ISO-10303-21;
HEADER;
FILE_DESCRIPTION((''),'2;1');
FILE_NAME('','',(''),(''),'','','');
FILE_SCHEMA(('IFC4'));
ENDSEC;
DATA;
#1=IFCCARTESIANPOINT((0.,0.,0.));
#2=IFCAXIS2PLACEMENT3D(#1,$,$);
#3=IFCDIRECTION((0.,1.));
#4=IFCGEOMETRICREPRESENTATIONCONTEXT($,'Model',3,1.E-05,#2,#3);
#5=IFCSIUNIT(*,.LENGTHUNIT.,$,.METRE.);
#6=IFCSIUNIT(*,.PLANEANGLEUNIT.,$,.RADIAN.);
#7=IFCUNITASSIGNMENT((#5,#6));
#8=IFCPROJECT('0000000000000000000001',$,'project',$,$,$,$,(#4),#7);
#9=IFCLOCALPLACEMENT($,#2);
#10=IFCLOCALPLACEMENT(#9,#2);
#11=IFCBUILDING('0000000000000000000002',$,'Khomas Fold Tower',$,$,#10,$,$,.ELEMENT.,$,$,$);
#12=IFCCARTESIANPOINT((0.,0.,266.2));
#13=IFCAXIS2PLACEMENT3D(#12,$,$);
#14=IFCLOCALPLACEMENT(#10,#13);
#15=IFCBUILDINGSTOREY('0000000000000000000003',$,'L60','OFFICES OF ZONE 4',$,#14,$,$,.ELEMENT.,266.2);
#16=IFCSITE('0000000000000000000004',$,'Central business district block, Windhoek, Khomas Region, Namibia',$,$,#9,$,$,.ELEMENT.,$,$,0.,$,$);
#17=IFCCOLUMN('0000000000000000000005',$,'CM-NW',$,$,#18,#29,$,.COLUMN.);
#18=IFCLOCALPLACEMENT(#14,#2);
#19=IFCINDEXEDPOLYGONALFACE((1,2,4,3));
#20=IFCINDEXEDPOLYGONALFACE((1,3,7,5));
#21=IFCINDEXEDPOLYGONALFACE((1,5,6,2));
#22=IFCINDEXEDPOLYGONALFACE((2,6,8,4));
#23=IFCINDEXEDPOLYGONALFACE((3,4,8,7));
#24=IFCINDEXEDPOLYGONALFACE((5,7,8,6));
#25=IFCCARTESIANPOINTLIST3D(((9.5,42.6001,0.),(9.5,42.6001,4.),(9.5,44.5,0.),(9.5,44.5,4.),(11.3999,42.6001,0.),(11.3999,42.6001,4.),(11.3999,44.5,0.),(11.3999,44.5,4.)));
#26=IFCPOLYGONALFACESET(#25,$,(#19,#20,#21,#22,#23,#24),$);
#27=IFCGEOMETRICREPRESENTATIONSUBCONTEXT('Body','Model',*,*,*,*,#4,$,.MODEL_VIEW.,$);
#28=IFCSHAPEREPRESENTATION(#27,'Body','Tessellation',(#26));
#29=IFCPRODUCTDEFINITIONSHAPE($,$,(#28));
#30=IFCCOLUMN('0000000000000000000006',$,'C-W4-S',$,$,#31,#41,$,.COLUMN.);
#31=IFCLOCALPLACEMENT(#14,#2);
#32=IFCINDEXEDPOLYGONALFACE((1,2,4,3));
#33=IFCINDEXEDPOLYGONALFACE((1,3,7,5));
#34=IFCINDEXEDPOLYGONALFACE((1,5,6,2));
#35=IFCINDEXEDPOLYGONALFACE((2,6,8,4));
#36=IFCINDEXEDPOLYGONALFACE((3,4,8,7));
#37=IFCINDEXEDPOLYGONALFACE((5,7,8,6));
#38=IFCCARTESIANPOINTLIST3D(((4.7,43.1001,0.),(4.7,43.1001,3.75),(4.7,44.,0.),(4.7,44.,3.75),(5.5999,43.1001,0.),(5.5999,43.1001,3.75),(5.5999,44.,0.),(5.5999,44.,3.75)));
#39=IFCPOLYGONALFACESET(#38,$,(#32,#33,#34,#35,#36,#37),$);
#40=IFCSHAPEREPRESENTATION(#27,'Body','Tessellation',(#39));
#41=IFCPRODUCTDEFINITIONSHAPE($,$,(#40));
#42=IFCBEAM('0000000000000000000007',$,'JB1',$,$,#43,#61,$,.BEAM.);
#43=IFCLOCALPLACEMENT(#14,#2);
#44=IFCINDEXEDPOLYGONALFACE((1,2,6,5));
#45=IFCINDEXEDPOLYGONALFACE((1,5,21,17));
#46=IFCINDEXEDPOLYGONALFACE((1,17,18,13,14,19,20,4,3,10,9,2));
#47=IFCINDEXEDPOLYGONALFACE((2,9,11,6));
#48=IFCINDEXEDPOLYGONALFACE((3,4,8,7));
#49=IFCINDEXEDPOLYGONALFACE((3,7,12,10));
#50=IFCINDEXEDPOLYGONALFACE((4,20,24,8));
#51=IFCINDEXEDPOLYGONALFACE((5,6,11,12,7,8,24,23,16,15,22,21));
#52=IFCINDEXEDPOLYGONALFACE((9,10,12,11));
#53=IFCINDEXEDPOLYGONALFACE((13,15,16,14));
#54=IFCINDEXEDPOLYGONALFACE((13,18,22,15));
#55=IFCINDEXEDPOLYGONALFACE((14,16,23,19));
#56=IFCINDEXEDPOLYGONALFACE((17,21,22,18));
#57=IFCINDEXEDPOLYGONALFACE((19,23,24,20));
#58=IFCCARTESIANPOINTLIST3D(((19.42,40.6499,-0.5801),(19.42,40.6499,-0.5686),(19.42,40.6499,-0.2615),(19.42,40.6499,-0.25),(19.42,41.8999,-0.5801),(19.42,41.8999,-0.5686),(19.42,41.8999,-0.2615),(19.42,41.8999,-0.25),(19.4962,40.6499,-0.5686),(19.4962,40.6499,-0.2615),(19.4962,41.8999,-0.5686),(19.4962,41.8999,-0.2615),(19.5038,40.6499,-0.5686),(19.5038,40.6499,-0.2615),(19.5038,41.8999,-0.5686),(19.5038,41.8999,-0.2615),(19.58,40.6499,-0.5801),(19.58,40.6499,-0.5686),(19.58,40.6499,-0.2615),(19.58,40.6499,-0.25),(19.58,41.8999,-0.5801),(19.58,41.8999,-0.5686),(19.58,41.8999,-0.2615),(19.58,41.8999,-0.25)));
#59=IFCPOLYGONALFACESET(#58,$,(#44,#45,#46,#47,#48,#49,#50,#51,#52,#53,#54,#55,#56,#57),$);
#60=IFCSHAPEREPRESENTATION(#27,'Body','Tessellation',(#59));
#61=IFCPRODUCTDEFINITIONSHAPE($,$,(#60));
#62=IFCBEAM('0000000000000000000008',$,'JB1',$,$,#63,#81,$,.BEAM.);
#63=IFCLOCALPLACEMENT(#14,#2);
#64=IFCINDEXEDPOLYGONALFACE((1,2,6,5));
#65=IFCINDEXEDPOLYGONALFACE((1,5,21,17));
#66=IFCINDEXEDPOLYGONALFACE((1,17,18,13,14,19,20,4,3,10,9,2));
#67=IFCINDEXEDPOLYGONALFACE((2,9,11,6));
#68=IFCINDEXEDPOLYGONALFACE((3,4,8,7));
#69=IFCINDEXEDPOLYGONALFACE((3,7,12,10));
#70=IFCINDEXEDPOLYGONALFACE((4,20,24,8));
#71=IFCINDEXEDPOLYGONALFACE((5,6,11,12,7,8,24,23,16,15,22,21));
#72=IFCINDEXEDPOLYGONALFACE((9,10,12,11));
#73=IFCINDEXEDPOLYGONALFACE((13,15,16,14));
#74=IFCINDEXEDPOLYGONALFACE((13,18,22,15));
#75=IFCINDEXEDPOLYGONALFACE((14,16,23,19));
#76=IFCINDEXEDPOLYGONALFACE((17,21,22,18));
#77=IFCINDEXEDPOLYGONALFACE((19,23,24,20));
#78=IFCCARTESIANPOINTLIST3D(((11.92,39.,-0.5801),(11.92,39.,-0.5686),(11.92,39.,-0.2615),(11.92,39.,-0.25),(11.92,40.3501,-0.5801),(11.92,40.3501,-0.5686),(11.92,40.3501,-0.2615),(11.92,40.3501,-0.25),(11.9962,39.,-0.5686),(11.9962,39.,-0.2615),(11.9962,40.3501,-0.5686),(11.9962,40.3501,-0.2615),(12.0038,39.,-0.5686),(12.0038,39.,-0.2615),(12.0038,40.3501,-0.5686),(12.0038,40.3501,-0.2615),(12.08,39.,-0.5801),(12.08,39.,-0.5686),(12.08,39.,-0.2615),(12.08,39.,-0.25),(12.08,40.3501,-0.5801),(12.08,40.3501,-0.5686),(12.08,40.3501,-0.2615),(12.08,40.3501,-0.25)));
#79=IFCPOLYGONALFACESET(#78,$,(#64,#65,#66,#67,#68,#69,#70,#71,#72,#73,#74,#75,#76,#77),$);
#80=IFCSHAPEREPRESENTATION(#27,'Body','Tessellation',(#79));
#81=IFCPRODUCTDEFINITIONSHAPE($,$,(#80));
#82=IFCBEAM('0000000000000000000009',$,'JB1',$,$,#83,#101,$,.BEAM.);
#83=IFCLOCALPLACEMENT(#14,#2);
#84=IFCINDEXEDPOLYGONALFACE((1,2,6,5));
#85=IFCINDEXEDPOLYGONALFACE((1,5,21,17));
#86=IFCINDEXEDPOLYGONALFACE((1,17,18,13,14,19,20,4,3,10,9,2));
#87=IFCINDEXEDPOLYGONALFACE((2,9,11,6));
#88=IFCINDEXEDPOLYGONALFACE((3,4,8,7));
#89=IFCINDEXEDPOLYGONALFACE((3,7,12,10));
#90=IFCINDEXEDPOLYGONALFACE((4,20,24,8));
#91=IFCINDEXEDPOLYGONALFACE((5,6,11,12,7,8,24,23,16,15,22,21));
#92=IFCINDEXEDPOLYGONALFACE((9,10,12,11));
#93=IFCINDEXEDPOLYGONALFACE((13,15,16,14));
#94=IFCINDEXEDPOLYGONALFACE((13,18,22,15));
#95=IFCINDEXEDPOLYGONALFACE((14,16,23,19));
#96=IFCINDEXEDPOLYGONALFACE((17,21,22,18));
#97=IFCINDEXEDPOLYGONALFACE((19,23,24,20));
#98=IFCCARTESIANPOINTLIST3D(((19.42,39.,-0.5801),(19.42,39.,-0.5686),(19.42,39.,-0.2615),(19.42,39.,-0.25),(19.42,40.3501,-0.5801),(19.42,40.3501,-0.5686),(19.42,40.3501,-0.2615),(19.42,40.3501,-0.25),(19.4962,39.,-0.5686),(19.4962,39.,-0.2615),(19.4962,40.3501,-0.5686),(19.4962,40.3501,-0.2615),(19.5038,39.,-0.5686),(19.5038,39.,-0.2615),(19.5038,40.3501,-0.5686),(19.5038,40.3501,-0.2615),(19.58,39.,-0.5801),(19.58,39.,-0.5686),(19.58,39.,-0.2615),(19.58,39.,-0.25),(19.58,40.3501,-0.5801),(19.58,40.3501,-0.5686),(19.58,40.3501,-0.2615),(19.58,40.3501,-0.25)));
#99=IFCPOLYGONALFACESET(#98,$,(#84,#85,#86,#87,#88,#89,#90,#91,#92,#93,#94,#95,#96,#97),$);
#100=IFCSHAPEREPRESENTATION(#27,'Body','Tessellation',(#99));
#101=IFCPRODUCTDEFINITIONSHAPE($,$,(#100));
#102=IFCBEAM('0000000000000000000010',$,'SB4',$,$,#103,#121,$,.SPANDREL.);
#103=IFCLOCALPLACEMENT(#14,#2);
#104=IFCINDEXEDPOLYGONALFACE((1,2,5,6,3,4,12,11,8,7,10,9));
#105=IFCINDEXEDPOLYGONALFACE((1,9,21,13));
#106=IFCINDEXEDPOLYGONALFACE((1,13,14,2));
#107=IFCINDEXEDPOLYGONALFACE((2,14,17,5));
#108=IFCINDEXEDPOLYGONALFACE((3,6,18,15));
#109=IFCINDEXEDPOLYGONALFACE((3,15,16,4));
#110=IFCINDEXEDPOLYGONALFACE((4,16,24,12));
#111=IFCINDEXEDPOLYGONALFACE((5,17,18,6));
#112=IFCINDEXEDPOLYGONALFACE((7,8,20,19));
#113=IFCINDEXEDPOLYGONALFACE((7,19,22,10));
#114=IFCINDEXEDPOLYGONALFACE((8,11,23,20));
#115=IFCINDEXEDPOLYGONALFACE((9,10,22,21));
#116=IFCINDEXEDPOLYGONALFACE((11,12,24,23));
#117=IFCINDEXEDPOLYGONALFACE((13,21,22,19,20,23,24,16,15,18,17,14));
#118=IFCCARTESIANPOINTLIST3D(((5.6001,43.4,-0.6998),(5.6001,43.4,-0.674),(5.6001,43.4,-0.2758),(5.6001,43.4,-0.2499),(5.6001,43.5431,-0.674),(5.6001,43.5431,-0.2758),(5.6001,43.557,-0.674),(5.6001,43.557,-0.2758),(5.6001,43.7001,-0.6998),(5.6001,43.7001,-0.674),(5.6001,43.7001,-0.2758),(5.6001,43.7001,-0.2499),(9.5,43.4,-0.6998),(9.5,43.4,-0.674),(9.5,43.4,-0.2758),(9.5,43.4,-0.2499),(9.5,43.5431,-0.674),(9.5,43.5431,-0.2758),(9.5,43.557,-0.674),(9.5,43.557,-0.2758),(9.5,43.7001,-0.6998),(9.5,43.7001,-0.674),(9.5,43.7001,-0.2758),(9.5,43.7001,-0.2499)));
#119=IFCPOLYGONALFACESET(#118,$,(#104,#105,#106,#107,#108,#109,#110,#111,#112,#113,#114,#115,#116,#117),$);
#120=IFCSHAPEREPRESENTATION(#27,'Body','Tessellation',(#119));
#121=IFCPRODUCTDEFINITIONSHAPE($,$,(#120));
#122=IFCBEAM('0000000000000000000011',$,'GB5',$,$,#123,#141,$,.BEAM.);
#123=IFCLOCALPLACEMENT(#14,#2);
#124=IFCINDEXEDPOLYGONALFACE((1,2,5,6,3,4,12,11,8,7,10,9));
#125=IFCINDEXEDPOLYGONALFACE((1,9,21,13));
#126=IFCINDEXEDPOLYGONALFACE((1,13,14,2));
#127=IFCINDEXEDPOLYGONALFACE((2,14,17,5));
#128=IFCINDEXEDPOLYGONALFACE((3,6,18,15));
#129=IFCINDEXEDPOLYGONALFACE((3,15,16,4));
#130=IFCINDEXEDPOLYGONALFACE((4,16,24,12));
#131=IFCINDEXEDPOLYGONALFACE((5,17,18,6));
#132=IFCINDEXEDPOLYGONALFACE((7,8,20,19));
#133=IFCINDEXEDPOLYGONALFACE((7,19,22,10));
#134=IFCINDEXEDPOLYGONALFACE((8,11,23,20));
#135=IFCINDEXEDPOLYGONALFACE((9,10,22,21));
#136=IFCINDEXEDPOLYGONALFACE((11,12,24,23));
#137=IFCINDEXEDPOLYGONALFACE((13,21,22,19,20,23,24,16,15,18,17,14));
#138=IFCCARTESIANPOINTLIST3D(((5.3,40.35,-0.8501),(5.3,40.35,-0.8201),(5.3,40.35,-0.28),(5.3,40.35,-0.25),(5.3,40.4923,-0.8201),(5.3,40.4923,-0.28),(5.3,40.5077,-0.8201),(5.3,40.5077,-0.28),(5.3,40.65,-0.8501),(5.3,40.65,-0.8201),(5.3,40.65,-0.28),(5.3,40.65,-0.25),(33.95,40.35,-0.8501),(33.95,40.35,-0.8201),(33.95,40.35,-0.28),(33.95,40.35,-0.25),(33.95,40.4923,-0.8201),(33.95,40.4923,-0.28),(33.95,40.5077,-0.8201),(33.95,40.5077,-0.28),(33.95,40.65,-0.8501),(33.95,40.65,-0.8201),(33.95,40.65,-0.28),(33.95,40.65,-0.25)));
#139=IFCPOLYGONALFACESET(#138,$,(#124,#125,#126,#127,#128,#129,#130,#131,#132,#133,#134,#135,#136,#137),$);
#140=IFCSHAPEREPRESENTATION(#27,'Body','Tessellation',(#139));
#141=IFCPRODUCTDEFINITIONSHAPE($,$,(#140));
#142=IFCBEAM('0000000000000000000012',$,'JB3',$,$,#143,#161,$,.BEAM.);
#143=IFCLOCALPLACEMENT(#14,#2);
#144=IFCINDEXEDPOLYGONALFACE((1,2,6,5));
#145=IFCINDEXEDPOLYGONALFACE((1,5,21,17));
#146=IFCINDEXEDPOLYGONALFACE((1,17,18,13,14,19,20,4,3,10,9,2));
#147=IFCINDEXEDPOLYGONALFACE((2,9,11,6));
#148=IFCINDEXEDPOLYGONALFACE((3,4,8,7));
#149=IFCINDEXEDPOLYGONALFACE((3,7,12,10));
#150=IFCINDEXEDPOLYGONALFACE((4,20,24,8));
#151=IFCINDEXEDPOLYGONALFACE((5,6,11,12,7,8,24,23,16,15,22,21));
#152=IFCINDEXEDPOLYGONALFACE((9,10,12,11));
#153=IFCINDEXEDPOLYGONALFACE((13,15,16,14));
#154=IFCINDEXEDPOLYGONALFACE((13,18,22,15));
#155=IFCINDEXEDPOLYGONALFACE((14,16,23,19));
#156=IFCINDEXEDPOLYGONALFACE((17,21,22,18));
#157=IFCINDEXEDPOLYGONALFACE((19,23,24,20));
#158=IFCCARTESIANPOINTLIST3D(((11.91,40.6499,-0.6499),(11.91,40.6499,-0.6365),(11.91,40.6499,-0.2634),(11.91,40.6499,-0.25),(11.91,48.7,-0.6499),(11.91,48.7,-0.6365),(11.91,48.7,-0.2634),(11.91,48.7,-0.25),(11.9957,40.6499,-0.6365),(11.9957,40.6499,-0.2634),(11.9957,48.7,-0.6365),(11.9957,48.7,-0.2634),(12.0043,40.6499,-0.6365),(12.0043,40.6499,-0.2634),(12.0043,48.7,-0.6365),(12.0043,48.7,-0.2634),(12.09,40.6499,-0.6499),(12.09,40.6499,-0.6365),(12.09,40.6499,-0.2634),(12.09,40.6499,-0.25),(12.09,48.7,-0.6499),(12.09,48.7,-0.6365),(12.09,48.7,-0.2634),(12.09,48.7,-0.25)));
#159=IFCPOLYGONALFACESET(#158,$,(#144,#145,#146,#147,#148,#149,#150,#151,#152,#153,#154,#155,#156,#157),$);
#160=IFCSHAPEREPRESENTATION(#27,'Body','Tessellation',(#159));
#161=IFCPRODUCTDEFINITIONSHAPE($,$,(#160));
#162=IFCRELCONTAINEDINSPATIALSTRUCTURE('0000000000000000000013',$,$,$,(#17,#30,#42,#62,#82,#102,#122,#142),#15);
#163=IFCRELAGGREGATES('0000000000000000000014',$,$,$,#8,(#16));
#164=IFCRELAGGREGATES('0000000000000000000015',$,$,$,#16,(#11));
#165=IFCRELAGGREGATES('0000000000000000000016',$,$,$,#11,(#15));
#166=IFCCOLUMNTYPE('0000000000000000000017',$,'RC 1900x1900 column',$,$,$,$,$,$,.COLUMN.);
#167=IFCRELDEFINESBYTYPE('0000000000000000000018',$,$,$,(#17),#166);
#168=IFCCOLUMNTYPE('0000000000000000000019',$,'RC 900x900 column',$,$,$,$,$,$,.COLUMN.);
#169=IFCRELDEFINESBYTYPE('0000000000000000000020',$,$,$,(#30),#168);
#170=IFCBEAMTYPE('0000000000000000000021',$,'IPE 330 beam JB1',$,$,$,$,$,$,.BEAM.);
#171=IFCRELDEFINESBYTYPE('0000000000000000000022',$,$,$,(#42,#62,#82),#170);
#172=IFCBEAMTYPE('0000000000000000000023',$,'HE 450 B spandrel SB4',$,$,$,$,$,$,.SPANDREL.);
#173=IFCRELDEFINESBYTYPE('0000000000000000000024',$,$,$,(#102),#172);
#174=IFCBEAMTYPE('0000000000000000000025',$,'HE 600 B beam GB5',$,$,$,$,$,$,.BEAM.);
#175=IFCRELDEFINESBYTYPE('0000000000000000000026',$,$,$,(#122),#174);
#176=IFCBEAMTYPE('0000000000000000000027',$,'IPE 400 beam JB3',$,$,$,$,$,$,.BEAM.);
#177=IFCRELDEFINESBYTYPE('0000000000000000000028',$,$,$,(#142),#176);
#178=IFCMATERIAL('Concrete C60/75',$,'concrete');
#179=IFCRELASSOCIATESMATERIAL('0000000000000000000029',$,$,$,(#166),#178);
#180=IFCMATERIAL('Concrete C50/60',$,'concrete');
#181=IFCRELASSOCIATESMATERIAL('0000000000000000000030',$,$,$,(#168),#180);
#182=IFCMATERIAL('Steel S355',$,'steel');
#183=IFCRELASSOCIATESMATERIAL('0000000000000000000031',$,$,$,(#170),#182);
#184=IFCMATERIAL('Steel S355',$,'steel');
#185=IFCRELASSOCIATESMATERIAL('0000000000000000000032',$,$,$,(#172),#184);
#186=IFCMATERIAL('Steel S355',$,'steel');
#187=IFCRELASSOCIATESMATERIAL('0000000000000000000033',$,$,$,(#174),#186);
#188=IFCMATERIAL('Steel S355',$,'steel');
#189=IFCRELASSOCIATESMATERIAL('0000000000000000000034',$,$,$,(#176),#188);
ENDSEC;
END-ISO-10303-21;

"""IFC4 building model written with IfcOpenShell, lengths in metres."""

from ifc_helpers import new_model, si_unit, direction, frame, origin, origin_2d, place, context, subcontext, project, spatial, rectangle, i_section, extrude, source, transform, mapped, material, material_profile, profile_set, type_object, element, save


model = new_model("IFC4")

# Units and contexts
model_context = context("Model", 3, precision=1e-05, world=origin(), true_north=direction((0.0, 1.0)))
body_context = subcontext(model_context, "Body", "Model", "MODEL_VIEW")
ifc_project = project(units=[si_unit("LENGTHUNIT", "METRE"), si_unit("PLANEANGLEUNIT", "RADIAN")], contexts=[model_context])

# Site, building, storey
site_placement = place(None, origin())
site = spatial("IfcSite", under=ifc_project, at=site_placement, Name="Central business district block, Windhoek, Khomas Region, Namibia", CompositionType="ELEMENT", RefElevation=0.0)
building_placement = place(site_placement, origin())
building = spatial("IfcBuilding", under=site, at=building_placement, Name="Khomas Fold Tower", CompositionType="ELEMENT")
storey_placement = place(building_placement, frame((0.0, 0.0, 266.2)))
storey = spatial("IfcBuildingStorey", under=building, at=storey_placement, Name="L60", Description="OFFICES OF ZONE 4", CompositionType="ELEMENT", Elevation=266.2)

# Columns
ifc_material_1 = material(Name="Concrete C60/75", Category="concrete")
ifc_material_profile_1 = material_profile(ifc_material_1, rectangle(XDim=1.8999, YDim=1.8999, at=origin_2d()), Name="RC 1900x1900")
ifc_profile_set_1 = profile_set([ifc_material_profile_1], Name="Concrete C60/75")
column_type_1 = type_object("IfcColumnType", Name="RC 1900x1900 column", PredefinedType="COLUMN", material=ifc_profile_set_1)
shared_shape_1 = source(origin(), body_context, "Body", "SweptSolid", [
    extrude(rectangle(XDim=1.8999, YDim=1.8999, at=origin_2d()), origin(), (0.0, 0.0, 1.0), 4.0),
])
column_1_placement = place(storey_placement, frame((10.45, 43.55, 0.0), z_axis=(0.0, 0.0, 1.0), x_axis=(1.0, 0.0, 0.0)))
element("IfcColumn", 1, at=column_1_placement, inside=storey, type_object=column_type_1, Name="CM-NW", PredefinedType="COLUMN", context=body_context, shape_type="MappedRepresentation", body=[
    mapped(shared_shape_1, transform((0.0, 0.0, 0.0))),
])
ifc_material_2 = material(Name="Concrete C50/60", Category="concrete")
ifc_material_profile_2 = material_profile(ifc_material_2, rectangle(XDim=0.8999, YDim=0.8999, at=origin_2d()), Name="RC 900x900")
ifc_profile_set_2 = profile_set([ifc_material_profile_2], Name="Concrete C50/60")
column_type_2 = type_object("IfcColumnType", Name="RC 900x900 column", PredefinedType="COLUMN", material=ifc_profile_set_2)
shared_shape_2 = source(origin(), body_context, "Body", "SweptSolid", [
    extrude(rectangle(XDim=0.8999, YDim=0.8999, at=origin_2d()), origin(), (0.0, 0.0, 1.0), 3.75),
])
column_2_placement = place(storey_placement, frame((5.1499, 43.55, 0.0), z_axis=(0.0, 0.0, 1.0), x_axis=(1.0, 0.0, 0.0)))
element("IfcColumn", 2, at=column_2_placement, inside=storey, type_object=column_type_2, Name="C-W4-S", PredefinedType="COLUMN", context=body_context, shape_type="MappedRepresentation", body=[
    mapped(shared_shape_2, transform((0.0, 0.0, 0.0))),
])

# Beams
ifc_material_3 = material(Name="Steel S355", Category="steel")
ifc_material_profile_3 = material_profile(ifc_material_3, i_section(OverallWidth=0.1599, OverallDepth=0.3301, WebThickness=0.0076, FlangeThickness=0.0115, at=origin_2d()), Name="IPE 330")
ifc_profile_set_3 = profile_set([ifc_material_profile_3], Name="Steel S355")
beam_type_1 = type_object("IfcBeamType", Name="IPE 330 beam JB1", PredefinedType="BEAM", material=ifc_profile_set_3)
shared_shape_3 = source(origin(), body_context, "Body", "SweptSolid", [
    extrude(i_section(OverallWidth=0.1599, OverallDepth=0.3301, WebThickness=0.0076, FlangeThickness=0.0115, at=origin_2d()), origin(), (0.0, 0.0, 1.0), 1.25),
])
beam_1_placement = place(storey_placement, frame((19.5, 40.6499, -0.415), z_axis=(0.0, 1.0, 0.0), x_axis=(-1.0, 0.0, 0.0)))
element("IfcBeam", 3, at=beam_1_placement, inside=storey, type_object=beam_type_1, Name="JB1", PredefinedType="BEAM", context=body_context, shape_type="MappedRepresentation", body=[
    mapped(shared_shape_3, transform((0.0, 0.0, 0.0))),
])
shared_shape_4 = source(origin(), body_context, "Body", "SweptSolid", [
    extrude(i_section(OverallWidth=0.1599, OverallDepth=0.3301, WebThickness=0.0076, FlangeThickness=0.0115, at=origin_2d()), origin(), (0.0, 0.0, 1.0), 1.3501),
])
for number, where, z_axis, x_axis, name in (
    (4, (12.0, 39.0, -0.415), (0.0, 1.0, 0.0), (-1.0, 0.0, 0.0), "JB1"),
    (5, (19.5, 39.0, -0.415), (0.0, 1.0, 0.0), (-1.0, 0.0, 0.0), "JB1"),
):
    element("IfcBeam", number, at=place(storey_placement, frame(where, z_axis=z_axis, x_axis=x_axis)), inside=storey, type_object=beam_type_1, Name=name, PredefinedType="BEAM", context=body_context, shape_type="MappedRepresentation", body=[
        mapped(shared_shape_4, transform((0.0, 0.0, 0.0))),
    ])
ifc_material_4 = material(Name="Steel S355", Category="steel")
ifc_material_profile_4 = material_profile(ifc_material_4, i_section(OverallWidth=0.3, OverallDepth=0.45, WebThickness=0.0139, FlangeThickness=0.0259, at=origin_2d()), Name="HE 450 B")
ifc_profile_set_4 = profile_set([ifc_material_profile_4], Name="Steel S355")
beam_type_2 = type_object("IfcBeamType", Name="HE 450 B spandrel SB4", PredefinedType="SPANDREL", material=ifc_profile_set_4)
shared_shape_5 = source(origin(), body_context, "Body", "SweptSolid", [
    extrude(i_section(OverallWidth=0.3, OverallDepth=0.45, WebThickness=0.0139, FlangeThickness=0.0259, at=origin_2d()), origin(), (0.0, 0.0, 1.0), 3.8999),
])
beam_2_placement = place(storey_placement, frame((5.6001, 43.55, -0.4749), z_axis=(1.0, 0.0, 0.0), x_axis=(0.0, 1.0, 0.0)))
element("IfcBeam", 6, at=beam_2_placement, inside=storey, type_object=beam_type_2, Name="SB4", PredefinedType="SPANDREL", context=body_context, shape_type="MappedRepresentation", body=[
    mapped(shared_shape_5, transform((0.0, 0.0, 0.0))),
])
ifc_material_5 = material(Name="Steel S355", Category="steel")
ifc_material_profile_5 = material_profile(ifc_material_5, i_section(OverallWidth=0.3, OverallDepth=0.6001, WebThickness=0.0154, FlangeThickness=0.03, at=origin_2d()), Name="HE 600 B")
ifc_profile_set_5 = profile_set([ifc_material_profile_5], Name="Steel S355")
beam_type_3 = type_object("IfcBeamType", Name="HE 600 B beam GB5", PredefinedType="BEAM", material=ifc_profile_set_5)
shared_shape_6 = source(origin(), body_context, "Body", "SweptSolid", [
    extrude(i_section(OverallWidth=0.3, OverallDepth=0.6001, WebThickness=0.0154, FlangeThickness=0.03, at=origin_2d()), origin(), (0.0, 0.0, 1.0), 28.6499),
])
beam_3_placement = place(storey_placement, frame((5.3, 40.5, -0.55), z_axis=(1.0, 0.0, 0.0), x_axis=(0.0, 1.0, 0.0)))
element("IfcBeam", 7, at=beam_3_placement, inside=storey, type_object=beam_type_3, Name="GB5", PredefinedType="BEAM", context=body_context, shape_type="MappedRepresentation", body=[
    mapped(shared_shape_6, transform((0.0, 0.0, 0.0))),
])
ifc_material_6 = material(Name="Steel S355", Category="steel")
ifc_material_profile_6 = material_profile(ifc_material_6, i_section(OverallWidth=0.1799, OverallDepth=0.3999, WebThickness=0.0085, FlangeThickness=0.0134, at=origin_2d()), Name="IPE 400")
ifc_profile_set_6 = profile_set([ifc_material_profile_6], Name="Steel S355")
beam_type_4 = type_object("IfcBeamType", Name="IPE 400 beam JB3", PredefinedType="BEAM", material=ifc_profile_set_6)
shared_shape_7 = source(origin(), body_context, "Body", "SweptSolid", [
    extrude(i_section(OverallWidth=0.1799, OverallDepth=0.3999, WebThickness=0.0085, FlangeThickness=0.0134, at=origin_2d()), origin(), (0.0, 0.0, 1.0), 8.05),
])
beam_4_placement = place(storey_placement, frame((12.0, 40.6499, -0.45), z_axis=(0.0, 1.0, 0.0), x_axis=(-1.0, 0.0, 0.0)))
element("IfcBeam", 8, at=beam_4_placement, inside=storey, type_object=beam_type_4, Name="JB3", PredefinedType="BEAM", context=body_context, shape_type="MappedRepresentation", body=[
    mapped(shared_shape_7, transform((0.0, 0.0, 0.0))),
])

save(model, "model.ifc")
